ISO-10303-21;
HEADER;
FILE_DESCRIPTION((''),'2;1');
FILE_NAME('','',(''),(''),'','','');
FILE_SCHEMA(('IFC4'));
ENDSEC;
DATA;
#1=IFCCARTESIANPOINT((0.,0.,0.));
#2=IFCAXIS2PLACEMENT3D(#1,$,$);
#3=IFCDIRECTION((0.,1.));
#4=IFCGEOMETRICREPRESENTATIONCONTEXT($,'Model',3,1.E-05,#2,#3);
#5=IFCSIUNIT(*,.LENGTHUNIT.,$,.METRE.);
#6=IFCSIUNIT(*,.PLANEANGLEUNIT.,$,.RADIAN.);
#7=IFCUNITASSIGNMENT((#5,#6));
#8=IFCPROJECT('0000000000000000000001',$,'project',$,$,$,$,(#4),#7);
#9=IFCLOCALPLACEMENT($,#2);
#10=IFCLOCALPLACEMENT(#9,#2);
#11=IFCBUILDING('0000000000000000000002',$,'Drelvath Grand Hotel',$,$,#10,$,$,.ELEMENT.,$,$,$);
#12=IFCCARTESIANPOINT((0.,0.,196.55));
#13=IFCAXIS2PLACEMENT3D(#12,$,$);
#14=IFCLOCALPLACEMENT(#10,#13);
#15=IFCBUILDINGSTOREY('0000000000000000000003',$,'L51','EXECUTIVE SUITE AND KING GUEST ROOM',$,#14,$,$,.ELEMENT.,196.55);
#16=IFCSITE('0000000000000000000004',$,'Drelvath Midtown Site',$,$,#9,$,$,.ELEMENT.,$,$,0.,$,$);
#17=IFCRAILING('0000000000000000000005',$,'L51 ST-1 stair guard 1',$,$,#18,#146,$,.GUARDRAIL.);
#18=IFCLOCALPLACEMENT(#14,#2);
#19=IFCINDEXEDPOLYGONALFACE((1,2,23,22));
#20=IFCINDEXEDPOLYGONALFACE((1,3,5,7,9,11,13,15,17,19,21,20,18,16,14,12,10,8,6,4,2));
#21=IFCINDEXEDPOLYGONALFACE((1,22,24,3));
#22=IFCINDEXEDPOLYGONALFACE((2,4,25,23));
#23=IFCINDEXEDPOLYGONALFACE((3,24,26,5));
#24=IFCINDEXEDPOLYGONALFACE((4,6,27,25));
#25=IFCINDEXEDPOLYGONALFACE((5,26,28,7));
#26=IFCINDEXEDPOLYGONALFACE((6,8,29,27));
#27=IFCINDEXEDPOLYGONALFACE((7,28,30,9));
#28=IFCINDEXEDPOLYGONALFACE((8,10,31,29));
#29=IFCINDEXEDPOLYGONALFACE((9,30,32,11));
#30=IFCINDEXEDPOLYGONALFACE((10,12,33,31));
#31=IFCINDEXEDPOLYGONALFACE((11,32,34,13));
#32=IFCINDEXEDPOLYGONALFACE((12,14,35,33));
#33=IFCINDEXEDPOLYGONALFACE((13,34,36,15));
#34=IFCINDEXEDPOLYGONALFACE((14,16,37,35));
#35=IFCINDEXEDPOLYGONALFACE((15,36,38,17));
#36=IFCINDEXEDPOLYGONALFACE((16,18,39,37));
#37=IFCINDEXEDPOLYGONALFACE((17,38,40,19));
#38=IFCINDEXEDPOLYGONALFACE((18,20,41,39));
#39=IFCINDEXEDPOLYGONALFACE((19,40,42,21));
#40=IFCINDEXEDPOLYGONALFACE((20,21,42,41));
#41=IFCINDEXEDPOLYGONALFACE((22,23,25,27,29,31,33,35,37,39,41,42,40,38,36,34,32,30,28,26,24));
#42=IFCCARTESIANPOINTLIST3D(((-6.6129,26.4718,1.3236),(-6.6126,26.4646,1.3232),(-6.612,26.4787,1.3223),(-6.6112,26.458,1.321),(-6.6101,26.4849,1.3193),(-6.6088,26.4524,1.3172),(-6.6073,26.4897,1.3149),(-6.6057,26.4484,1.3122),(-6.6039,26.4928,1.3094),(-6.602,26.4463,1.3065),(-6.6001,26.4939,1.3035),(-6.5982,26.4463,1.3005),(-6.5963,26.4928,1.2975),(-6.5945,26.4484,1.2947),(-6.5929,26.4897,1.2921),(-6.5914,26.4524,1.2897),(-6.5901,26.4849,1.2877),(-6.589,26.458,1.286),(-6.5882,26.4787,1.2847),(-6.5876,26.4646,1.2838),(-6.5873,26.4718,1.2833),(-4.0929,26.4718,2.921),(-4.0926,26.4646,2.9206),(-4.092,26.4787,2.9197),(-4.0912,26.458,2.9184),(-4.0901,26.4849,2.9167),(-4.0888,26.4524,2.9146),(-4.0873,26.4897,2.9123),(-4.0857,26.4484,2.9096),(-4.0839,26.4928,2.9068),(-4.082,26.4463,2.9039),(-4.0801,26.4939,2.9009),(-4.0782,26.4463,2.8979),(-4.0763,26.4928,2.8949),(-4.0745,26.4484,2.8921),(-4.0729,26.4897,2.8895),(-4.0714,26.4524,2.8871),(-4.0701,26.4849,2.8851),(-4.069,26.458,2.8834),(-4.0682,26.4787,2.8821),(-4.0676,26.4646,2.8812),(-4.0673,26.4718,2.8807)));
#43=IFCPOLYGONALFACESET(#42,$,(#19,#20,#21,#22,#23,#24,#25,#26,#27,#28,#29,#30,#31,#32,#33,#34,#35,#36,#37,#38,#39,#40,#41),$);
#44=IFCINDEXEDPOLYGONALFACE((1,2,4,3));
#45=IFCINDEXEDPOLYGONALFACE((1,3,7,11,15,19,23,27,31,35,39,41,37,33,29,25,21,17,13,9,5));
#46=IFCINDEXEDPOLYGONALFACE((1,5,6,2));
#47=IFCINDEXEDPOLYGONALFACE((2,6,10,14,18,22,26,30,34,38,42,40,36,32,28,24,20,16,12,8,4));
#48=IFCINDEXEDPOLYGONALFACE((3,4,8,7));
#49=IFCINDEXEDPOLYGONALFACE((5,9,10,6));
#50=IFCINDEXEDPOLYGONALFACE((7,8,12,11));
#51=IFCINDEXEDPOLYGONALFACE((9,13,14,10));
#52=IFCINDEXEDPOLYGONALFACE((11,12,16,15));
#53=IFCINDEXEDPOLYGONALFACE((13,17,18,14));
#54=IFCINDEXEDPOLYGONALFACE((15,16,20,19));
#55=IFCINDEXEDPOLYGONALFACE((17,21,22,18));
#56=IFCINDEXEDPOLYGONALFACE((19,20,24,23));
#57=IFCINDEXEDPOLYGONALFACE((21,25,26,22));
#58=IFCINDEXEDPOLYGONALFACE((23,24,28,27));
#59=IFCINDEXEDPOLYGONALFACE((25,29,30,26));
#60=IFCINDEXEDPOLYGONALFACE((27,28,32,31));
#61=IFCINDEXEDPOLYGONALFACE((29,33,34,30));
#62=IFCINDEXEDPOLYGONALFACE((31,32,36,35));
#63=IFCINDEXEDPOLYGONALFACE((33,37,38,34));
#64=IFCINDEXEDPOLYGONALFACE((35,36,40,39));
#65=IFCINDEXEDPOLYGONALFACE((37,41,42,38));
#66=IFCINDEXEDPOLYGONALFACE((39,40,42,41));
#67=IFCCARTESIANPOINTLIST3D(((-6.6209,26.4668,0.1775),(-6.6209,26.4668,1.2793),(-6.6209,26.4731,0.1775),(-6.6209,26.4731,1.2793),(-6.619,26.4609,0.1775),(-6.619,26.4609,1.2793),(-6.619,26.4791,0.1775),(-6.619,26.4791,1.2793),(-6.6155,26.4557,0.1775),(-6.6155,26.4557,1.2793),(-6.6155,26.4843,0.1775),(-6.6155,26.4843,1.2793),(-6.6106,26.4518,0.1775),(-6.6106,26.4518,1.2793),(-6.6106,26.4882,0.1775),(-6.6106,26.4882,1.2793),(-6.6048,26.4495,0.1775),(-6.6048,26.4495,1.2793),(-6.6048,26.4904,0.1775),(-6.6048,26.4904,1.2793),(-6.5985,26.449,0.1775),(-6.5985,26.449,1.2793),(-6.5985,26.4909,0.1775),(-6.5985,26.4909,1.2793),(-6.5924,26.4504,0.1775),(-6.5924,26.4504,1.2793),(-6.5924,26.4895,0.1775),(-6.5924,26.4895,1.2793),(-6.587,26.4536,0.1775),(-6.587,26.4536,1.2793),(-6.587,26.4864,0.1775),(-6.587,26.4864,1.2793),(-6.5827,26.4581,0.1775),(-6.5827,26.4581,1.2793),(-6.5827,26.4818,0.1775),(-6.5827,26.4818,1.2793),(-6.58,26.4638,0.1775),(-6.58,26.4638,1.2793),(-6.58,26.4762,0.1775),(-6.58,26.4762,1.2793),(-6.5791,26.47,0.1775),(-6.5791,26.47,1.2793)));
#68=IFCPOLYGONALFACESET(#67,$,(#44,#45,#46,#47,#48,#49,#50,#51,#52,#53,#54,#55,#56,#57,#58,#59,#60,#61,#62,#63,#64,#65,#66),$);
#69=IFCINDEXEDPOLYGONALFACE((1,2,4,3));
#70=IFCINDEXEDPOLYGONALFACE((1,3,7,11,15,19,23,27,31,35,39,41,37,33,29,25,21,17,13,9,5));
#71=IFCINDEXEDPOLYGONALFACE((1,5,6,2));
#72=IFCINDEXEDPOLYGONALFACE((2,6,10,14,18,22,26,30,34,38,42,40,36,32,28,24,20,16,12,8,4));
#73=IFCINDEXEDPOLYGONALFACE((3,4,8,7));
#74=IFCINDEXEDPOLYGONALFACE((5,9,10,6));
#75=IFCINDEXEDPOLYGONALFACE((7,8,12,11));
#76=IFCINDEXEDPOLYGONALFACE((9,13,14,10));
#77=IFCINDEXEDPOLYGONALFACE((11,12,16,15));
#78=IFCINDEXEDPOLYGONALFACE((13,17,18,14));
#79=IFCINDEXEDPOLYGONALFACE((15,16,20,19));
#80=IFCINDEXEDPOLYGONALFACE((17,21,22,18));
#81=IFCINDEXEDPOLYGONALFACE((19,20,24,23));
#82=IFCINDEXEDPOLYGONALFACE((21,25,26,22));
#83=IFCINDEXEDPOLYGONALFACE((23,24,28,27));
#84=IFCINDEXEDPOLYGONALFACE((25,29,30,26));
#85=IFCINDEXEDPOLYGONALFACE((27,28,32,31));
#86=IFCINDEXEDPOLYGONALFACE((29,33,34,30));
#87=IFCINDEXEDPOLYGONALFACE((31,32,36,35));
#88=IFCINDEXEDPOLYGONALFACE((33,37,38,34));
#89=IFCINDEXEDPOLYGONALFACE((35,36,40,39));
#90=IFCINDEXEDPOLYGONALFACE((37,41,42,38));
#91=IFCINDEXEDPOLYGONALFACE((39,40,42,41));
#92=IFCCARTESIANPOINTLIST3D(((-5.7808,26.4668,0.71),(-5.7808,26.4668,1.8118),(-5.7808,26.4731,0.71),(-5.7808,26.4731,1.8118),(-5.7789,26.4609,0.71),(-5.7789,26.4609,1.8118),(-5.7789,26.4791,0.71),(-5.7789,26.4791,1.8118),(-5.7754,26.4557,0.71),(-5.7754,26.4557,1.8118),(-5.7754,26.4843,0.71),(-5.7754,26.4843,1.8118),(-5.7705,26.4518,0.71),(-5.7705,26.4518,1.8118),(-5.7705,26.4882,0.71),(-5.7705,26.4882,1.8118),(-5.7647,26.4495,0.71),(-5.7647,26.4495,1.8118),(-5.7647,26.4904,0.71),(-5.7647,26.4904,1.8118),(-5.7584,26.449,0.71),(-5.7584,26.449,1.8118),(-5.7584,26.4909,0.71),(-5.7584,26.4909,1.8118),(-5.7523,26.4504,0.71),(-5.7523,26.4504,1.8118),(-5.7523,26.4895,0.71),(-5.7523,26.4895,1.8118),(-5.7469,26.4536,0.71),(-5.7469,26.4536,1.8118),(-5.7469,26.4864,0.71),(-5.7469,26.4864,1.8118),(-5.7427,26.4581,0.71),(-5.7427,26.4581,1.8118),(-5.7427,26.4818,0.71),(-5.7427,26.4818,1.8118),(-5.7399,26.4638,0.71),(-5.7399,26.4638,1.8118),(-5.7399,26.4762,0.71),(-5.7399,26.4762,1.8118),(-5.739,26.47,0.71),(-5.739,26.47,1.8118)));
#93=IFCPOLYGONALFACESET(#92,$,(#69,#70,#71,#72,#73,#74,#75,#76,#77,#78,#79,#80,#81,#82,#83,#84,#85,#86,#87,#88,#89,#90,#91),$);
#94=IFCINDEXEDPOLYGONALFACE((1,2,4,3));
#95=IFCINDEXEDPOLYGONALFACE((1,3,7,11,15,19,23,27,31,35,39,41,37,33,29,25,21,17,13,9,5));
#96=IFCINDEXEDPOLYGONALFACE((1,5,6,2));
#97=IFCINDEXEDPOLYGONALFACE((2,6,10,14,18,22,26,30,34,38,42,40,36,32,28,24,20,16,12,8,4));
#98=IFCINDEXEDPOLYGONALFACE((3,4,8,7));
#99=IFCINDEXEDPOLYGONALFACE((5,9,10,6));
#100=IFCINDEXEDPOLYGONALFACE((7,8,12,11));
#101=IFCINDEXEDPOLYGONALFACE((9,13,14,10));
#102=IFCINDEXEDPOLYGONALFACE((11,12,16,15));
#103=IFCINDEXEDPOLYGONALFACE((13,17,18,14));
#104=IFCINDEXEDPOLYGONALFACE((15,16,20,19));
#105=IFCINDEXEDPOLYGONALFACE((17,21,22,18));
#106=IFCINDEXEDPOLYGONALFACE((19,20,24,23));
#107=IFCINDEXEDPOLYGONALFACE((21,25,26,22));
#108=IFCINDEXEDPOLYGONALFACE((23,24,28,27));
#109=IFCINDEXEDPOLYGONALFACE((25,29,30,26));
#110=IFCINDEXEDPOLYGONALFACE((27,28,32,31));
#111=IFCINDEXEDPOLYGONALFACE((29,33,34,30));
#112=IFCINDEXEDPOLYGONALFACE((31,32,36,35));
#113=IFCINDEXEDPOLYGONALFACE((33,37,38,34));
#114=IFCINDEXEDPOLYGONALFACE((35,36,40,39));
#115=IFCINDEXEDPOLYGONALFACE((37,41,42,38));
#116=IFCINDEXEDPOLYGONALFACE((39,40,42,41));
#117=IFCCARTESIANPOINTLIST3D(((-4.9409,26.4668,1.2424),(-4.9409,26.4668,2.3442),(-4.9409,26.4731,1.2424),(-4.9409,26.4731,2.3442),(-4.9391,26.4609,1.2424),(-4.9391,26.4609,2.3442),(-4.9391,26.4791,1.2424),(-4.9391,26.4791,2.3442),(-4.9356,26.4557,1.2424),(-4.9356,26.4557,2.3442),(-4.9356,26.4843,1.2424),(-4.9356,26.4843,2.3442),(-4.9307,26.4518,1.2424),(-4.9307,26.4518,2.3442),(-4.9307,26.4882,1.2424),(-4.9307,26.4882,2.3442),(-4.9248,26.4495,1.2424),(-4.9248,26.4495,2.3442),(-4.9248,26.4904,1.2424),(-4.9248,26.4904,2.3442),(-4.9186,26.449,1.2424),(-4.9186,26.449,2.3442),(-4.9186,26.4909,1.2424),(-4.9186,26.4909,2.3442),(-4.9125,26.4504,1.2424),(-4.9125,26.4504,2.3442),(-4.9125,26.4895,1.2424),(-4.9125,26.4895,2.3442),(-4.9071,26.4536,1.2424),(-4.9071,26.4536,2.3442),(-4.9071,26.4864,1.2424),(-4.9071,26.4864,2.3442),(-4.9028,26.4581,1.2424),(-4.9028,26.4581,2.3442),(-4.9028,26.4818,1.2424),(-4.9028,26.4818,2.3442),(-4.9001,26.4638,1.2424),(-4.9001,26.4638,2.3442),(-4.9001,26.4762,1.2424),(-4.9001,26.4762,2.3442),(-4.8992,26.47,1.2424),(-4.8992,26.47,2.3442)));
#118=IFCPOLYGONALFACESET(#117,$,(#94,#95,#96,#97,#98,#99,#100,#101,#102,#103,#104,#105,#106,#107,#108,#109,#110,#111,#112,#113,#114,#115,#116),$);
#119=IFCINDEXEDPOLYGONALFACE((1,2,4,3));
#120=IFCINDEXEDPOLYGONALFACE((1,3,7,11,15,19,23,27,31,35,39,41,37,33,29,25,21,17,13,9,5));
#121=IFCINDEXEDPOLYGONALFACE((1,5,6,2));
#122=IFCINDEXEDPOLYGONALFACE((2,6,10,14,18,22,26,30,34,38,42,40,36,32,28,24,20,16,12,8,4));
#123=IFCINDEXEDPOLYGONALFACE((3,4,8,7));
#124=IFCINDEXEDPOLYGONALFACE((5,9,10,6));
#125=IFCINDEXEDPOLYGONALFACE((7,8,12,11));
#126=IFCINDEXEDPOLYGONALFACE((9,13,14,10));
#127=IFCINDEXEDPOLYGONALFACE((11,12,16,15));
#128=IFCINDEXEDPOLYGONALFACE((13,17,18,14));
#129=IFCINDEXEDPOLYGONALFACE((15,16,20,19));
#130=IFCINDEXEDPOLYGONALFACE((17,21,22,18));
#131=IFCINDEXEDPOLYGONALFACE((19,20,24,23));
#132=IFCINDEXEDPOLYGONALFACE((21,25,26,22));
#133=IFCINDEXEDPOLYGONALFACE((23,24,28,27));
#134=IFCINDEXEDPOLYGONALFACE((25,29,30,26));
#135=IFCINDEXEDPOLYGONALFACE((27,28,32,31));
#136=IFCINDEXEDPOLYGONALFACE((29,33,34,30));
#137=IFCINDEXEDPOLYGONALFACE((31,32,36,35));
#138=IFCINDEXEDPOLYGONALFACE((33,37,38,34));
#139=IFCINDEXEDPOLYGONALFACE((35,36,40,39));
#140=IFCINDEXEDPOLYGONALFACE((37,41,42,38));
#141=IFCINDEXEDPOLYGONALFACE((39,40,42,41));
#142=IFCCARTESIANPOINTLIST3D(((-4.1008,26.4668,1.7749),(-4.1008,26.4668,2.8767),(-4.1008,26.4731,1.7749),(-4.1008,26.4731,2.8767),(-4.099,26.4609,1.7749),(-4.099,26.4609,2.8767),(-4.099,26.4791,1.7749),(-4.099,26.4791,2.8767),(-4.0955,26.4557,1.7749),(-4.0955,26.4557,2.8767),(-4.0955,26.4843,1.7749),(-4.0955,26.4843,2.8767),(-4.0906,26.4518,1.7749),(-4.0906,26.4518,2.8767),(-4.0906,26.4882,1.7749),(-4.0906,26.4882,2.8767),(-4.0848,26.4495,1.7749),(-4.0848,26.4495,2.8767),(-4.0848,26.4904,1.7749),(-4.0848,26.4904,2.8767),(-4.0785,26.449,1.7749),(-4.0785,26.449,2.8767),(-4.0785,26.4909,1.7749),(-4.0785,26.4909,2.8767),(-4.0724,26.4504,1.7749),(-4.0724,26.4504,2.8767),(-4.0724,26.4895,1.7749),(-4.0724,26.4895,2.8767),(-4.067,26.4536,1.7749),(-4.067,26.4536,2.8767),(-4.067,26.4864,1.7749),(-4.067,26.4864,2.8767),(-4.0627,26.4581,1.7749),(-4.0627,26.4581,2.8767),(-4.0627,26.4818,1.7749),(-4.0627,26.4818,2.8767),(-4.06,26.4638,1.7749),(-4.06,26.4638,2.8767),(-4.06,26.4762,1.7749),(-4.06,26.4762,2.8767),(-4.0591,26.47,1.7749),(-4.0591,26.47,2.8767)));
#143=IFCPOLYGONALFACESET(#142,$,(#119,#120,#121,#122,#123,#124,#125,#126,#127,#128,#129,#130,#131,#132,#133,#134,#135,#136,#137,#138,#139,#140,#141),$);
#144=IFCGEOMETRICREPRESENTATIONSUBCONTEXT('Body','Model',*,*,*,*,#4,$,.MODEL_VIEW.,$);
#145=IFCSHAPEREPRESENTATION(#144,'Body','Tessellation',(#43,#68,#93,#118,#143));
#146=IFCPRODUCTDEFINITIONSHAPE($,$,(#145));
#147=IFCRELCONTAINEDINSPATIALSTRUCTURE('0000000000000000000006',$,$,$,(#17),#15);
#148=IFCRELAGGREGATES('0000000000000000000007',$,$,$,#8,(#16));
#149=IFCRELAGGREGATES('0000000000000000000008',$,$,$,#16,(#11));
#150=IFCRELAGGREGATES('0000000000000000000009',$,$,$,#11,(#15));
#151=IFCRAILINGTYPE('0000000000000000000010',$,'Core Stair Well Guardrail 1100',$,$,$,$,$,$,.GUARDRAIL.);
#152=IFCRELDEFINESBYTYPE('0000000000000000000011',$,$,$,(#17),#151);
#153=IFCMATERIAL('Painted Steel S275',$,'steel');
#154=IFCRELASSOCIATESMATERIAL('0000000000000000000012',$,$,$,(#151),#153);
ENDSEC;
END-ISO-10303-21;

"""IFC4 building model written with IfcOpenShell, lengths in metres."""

from ifc_helpers import new_model, si_unit, direction, frame, origin, origin_2d, place, context, subcontext, project, spatial, circle, extrude, material, type_object, element, save


model = new_model("IFC4")

# Units and contexts
model_context = context("Model", 3, precision=1e-05, world=origin(), true_north=direction((0.0, 1.0)))
body_context = subcontext(model_context, "Body", "Model", "MODEL_VIEW")
ifc_project = project(units=[si_unit("LENGTHUNIT", "METRE"), si_unit("PLANEANGLEUNIT", "RADIAN")], contexts=[model_context])

# Site, building, storey
site_placement = place(None, origin())
site = spatial("IfcSite", under=ifc_project, at=site_placement, Name="Drelvath Midtown Site", CompositionType="ELEMENT", RefElevation=0.0)
building_placement = place(site_placement, origin())
building = spatial("IfcBuilding", under=site, at=building_placement, Name="Drelvath Grand Hotel", CompositionType="ELEMENT")
storey_placement = place(building_placement, frame((0.0, 0.0, 196.55)))
storey = spatial("IfcBuildingStorey", under=building, at=storey_placement, Name="L51", Description="EXECUTIVE SUITE AND KING GUEST ROOM", CompositionType="ELEMENT", Elevation=196.55)

# Shared definitions
ifc_material_1 = material(Name="Painted Steel S275", Category="steel")

# Railing
railing_type_1 = type_object("IfcRailingType", Name="Core Stair Well Guardrail 1100", PredefinedType="GUARDRAIL", material=ifc_material_1)
railing_1_placement = place(storey_placement, frame((-6.6001, 26.47, 0.1775)))
element("IfcRailing", 1, at=railing_1_placement, inside=storey, type_object=railing_type_1, Name="L51 ST-1 stair guard 1", PredefinedType="GUARDRAIL", context=body_context, shape_type="SweptSolid", body=[
    extrude(circle(Radius=0.0239, at=origin_2d()), frame((0.0, 0.0, 1.126), z_axis=(0.844607, 0.0, 0.535387), x_axis=(0.0, 1.0, 0.0)), (0.0, 0.0, 1.0), 2.9836),
    extrude(circle(Radius=0.021, at=origin_2d()), origin(), (0.0, 0.0, 1.0), 1.1018),
    extrude(circle(Radius=0.021, at=origin_2d()), frame((0.8401, 0.0, 0.5325)), (0.0, 0.0, 1.0), 1.1018),
    extrude(circle(Radius=0.021, at=origin_2d()), frame((1.6799, 0.0, 1.0649)), (0.0, 0.0, 1.0), 1.1018),
    extrude(circle(Radius=0.021, at=origin_2d()), frame((2.52, 0.0, 1.5974)), (0.0, 0.0, 1.0), 1.1018),
])

save(model, "model.ifc")
